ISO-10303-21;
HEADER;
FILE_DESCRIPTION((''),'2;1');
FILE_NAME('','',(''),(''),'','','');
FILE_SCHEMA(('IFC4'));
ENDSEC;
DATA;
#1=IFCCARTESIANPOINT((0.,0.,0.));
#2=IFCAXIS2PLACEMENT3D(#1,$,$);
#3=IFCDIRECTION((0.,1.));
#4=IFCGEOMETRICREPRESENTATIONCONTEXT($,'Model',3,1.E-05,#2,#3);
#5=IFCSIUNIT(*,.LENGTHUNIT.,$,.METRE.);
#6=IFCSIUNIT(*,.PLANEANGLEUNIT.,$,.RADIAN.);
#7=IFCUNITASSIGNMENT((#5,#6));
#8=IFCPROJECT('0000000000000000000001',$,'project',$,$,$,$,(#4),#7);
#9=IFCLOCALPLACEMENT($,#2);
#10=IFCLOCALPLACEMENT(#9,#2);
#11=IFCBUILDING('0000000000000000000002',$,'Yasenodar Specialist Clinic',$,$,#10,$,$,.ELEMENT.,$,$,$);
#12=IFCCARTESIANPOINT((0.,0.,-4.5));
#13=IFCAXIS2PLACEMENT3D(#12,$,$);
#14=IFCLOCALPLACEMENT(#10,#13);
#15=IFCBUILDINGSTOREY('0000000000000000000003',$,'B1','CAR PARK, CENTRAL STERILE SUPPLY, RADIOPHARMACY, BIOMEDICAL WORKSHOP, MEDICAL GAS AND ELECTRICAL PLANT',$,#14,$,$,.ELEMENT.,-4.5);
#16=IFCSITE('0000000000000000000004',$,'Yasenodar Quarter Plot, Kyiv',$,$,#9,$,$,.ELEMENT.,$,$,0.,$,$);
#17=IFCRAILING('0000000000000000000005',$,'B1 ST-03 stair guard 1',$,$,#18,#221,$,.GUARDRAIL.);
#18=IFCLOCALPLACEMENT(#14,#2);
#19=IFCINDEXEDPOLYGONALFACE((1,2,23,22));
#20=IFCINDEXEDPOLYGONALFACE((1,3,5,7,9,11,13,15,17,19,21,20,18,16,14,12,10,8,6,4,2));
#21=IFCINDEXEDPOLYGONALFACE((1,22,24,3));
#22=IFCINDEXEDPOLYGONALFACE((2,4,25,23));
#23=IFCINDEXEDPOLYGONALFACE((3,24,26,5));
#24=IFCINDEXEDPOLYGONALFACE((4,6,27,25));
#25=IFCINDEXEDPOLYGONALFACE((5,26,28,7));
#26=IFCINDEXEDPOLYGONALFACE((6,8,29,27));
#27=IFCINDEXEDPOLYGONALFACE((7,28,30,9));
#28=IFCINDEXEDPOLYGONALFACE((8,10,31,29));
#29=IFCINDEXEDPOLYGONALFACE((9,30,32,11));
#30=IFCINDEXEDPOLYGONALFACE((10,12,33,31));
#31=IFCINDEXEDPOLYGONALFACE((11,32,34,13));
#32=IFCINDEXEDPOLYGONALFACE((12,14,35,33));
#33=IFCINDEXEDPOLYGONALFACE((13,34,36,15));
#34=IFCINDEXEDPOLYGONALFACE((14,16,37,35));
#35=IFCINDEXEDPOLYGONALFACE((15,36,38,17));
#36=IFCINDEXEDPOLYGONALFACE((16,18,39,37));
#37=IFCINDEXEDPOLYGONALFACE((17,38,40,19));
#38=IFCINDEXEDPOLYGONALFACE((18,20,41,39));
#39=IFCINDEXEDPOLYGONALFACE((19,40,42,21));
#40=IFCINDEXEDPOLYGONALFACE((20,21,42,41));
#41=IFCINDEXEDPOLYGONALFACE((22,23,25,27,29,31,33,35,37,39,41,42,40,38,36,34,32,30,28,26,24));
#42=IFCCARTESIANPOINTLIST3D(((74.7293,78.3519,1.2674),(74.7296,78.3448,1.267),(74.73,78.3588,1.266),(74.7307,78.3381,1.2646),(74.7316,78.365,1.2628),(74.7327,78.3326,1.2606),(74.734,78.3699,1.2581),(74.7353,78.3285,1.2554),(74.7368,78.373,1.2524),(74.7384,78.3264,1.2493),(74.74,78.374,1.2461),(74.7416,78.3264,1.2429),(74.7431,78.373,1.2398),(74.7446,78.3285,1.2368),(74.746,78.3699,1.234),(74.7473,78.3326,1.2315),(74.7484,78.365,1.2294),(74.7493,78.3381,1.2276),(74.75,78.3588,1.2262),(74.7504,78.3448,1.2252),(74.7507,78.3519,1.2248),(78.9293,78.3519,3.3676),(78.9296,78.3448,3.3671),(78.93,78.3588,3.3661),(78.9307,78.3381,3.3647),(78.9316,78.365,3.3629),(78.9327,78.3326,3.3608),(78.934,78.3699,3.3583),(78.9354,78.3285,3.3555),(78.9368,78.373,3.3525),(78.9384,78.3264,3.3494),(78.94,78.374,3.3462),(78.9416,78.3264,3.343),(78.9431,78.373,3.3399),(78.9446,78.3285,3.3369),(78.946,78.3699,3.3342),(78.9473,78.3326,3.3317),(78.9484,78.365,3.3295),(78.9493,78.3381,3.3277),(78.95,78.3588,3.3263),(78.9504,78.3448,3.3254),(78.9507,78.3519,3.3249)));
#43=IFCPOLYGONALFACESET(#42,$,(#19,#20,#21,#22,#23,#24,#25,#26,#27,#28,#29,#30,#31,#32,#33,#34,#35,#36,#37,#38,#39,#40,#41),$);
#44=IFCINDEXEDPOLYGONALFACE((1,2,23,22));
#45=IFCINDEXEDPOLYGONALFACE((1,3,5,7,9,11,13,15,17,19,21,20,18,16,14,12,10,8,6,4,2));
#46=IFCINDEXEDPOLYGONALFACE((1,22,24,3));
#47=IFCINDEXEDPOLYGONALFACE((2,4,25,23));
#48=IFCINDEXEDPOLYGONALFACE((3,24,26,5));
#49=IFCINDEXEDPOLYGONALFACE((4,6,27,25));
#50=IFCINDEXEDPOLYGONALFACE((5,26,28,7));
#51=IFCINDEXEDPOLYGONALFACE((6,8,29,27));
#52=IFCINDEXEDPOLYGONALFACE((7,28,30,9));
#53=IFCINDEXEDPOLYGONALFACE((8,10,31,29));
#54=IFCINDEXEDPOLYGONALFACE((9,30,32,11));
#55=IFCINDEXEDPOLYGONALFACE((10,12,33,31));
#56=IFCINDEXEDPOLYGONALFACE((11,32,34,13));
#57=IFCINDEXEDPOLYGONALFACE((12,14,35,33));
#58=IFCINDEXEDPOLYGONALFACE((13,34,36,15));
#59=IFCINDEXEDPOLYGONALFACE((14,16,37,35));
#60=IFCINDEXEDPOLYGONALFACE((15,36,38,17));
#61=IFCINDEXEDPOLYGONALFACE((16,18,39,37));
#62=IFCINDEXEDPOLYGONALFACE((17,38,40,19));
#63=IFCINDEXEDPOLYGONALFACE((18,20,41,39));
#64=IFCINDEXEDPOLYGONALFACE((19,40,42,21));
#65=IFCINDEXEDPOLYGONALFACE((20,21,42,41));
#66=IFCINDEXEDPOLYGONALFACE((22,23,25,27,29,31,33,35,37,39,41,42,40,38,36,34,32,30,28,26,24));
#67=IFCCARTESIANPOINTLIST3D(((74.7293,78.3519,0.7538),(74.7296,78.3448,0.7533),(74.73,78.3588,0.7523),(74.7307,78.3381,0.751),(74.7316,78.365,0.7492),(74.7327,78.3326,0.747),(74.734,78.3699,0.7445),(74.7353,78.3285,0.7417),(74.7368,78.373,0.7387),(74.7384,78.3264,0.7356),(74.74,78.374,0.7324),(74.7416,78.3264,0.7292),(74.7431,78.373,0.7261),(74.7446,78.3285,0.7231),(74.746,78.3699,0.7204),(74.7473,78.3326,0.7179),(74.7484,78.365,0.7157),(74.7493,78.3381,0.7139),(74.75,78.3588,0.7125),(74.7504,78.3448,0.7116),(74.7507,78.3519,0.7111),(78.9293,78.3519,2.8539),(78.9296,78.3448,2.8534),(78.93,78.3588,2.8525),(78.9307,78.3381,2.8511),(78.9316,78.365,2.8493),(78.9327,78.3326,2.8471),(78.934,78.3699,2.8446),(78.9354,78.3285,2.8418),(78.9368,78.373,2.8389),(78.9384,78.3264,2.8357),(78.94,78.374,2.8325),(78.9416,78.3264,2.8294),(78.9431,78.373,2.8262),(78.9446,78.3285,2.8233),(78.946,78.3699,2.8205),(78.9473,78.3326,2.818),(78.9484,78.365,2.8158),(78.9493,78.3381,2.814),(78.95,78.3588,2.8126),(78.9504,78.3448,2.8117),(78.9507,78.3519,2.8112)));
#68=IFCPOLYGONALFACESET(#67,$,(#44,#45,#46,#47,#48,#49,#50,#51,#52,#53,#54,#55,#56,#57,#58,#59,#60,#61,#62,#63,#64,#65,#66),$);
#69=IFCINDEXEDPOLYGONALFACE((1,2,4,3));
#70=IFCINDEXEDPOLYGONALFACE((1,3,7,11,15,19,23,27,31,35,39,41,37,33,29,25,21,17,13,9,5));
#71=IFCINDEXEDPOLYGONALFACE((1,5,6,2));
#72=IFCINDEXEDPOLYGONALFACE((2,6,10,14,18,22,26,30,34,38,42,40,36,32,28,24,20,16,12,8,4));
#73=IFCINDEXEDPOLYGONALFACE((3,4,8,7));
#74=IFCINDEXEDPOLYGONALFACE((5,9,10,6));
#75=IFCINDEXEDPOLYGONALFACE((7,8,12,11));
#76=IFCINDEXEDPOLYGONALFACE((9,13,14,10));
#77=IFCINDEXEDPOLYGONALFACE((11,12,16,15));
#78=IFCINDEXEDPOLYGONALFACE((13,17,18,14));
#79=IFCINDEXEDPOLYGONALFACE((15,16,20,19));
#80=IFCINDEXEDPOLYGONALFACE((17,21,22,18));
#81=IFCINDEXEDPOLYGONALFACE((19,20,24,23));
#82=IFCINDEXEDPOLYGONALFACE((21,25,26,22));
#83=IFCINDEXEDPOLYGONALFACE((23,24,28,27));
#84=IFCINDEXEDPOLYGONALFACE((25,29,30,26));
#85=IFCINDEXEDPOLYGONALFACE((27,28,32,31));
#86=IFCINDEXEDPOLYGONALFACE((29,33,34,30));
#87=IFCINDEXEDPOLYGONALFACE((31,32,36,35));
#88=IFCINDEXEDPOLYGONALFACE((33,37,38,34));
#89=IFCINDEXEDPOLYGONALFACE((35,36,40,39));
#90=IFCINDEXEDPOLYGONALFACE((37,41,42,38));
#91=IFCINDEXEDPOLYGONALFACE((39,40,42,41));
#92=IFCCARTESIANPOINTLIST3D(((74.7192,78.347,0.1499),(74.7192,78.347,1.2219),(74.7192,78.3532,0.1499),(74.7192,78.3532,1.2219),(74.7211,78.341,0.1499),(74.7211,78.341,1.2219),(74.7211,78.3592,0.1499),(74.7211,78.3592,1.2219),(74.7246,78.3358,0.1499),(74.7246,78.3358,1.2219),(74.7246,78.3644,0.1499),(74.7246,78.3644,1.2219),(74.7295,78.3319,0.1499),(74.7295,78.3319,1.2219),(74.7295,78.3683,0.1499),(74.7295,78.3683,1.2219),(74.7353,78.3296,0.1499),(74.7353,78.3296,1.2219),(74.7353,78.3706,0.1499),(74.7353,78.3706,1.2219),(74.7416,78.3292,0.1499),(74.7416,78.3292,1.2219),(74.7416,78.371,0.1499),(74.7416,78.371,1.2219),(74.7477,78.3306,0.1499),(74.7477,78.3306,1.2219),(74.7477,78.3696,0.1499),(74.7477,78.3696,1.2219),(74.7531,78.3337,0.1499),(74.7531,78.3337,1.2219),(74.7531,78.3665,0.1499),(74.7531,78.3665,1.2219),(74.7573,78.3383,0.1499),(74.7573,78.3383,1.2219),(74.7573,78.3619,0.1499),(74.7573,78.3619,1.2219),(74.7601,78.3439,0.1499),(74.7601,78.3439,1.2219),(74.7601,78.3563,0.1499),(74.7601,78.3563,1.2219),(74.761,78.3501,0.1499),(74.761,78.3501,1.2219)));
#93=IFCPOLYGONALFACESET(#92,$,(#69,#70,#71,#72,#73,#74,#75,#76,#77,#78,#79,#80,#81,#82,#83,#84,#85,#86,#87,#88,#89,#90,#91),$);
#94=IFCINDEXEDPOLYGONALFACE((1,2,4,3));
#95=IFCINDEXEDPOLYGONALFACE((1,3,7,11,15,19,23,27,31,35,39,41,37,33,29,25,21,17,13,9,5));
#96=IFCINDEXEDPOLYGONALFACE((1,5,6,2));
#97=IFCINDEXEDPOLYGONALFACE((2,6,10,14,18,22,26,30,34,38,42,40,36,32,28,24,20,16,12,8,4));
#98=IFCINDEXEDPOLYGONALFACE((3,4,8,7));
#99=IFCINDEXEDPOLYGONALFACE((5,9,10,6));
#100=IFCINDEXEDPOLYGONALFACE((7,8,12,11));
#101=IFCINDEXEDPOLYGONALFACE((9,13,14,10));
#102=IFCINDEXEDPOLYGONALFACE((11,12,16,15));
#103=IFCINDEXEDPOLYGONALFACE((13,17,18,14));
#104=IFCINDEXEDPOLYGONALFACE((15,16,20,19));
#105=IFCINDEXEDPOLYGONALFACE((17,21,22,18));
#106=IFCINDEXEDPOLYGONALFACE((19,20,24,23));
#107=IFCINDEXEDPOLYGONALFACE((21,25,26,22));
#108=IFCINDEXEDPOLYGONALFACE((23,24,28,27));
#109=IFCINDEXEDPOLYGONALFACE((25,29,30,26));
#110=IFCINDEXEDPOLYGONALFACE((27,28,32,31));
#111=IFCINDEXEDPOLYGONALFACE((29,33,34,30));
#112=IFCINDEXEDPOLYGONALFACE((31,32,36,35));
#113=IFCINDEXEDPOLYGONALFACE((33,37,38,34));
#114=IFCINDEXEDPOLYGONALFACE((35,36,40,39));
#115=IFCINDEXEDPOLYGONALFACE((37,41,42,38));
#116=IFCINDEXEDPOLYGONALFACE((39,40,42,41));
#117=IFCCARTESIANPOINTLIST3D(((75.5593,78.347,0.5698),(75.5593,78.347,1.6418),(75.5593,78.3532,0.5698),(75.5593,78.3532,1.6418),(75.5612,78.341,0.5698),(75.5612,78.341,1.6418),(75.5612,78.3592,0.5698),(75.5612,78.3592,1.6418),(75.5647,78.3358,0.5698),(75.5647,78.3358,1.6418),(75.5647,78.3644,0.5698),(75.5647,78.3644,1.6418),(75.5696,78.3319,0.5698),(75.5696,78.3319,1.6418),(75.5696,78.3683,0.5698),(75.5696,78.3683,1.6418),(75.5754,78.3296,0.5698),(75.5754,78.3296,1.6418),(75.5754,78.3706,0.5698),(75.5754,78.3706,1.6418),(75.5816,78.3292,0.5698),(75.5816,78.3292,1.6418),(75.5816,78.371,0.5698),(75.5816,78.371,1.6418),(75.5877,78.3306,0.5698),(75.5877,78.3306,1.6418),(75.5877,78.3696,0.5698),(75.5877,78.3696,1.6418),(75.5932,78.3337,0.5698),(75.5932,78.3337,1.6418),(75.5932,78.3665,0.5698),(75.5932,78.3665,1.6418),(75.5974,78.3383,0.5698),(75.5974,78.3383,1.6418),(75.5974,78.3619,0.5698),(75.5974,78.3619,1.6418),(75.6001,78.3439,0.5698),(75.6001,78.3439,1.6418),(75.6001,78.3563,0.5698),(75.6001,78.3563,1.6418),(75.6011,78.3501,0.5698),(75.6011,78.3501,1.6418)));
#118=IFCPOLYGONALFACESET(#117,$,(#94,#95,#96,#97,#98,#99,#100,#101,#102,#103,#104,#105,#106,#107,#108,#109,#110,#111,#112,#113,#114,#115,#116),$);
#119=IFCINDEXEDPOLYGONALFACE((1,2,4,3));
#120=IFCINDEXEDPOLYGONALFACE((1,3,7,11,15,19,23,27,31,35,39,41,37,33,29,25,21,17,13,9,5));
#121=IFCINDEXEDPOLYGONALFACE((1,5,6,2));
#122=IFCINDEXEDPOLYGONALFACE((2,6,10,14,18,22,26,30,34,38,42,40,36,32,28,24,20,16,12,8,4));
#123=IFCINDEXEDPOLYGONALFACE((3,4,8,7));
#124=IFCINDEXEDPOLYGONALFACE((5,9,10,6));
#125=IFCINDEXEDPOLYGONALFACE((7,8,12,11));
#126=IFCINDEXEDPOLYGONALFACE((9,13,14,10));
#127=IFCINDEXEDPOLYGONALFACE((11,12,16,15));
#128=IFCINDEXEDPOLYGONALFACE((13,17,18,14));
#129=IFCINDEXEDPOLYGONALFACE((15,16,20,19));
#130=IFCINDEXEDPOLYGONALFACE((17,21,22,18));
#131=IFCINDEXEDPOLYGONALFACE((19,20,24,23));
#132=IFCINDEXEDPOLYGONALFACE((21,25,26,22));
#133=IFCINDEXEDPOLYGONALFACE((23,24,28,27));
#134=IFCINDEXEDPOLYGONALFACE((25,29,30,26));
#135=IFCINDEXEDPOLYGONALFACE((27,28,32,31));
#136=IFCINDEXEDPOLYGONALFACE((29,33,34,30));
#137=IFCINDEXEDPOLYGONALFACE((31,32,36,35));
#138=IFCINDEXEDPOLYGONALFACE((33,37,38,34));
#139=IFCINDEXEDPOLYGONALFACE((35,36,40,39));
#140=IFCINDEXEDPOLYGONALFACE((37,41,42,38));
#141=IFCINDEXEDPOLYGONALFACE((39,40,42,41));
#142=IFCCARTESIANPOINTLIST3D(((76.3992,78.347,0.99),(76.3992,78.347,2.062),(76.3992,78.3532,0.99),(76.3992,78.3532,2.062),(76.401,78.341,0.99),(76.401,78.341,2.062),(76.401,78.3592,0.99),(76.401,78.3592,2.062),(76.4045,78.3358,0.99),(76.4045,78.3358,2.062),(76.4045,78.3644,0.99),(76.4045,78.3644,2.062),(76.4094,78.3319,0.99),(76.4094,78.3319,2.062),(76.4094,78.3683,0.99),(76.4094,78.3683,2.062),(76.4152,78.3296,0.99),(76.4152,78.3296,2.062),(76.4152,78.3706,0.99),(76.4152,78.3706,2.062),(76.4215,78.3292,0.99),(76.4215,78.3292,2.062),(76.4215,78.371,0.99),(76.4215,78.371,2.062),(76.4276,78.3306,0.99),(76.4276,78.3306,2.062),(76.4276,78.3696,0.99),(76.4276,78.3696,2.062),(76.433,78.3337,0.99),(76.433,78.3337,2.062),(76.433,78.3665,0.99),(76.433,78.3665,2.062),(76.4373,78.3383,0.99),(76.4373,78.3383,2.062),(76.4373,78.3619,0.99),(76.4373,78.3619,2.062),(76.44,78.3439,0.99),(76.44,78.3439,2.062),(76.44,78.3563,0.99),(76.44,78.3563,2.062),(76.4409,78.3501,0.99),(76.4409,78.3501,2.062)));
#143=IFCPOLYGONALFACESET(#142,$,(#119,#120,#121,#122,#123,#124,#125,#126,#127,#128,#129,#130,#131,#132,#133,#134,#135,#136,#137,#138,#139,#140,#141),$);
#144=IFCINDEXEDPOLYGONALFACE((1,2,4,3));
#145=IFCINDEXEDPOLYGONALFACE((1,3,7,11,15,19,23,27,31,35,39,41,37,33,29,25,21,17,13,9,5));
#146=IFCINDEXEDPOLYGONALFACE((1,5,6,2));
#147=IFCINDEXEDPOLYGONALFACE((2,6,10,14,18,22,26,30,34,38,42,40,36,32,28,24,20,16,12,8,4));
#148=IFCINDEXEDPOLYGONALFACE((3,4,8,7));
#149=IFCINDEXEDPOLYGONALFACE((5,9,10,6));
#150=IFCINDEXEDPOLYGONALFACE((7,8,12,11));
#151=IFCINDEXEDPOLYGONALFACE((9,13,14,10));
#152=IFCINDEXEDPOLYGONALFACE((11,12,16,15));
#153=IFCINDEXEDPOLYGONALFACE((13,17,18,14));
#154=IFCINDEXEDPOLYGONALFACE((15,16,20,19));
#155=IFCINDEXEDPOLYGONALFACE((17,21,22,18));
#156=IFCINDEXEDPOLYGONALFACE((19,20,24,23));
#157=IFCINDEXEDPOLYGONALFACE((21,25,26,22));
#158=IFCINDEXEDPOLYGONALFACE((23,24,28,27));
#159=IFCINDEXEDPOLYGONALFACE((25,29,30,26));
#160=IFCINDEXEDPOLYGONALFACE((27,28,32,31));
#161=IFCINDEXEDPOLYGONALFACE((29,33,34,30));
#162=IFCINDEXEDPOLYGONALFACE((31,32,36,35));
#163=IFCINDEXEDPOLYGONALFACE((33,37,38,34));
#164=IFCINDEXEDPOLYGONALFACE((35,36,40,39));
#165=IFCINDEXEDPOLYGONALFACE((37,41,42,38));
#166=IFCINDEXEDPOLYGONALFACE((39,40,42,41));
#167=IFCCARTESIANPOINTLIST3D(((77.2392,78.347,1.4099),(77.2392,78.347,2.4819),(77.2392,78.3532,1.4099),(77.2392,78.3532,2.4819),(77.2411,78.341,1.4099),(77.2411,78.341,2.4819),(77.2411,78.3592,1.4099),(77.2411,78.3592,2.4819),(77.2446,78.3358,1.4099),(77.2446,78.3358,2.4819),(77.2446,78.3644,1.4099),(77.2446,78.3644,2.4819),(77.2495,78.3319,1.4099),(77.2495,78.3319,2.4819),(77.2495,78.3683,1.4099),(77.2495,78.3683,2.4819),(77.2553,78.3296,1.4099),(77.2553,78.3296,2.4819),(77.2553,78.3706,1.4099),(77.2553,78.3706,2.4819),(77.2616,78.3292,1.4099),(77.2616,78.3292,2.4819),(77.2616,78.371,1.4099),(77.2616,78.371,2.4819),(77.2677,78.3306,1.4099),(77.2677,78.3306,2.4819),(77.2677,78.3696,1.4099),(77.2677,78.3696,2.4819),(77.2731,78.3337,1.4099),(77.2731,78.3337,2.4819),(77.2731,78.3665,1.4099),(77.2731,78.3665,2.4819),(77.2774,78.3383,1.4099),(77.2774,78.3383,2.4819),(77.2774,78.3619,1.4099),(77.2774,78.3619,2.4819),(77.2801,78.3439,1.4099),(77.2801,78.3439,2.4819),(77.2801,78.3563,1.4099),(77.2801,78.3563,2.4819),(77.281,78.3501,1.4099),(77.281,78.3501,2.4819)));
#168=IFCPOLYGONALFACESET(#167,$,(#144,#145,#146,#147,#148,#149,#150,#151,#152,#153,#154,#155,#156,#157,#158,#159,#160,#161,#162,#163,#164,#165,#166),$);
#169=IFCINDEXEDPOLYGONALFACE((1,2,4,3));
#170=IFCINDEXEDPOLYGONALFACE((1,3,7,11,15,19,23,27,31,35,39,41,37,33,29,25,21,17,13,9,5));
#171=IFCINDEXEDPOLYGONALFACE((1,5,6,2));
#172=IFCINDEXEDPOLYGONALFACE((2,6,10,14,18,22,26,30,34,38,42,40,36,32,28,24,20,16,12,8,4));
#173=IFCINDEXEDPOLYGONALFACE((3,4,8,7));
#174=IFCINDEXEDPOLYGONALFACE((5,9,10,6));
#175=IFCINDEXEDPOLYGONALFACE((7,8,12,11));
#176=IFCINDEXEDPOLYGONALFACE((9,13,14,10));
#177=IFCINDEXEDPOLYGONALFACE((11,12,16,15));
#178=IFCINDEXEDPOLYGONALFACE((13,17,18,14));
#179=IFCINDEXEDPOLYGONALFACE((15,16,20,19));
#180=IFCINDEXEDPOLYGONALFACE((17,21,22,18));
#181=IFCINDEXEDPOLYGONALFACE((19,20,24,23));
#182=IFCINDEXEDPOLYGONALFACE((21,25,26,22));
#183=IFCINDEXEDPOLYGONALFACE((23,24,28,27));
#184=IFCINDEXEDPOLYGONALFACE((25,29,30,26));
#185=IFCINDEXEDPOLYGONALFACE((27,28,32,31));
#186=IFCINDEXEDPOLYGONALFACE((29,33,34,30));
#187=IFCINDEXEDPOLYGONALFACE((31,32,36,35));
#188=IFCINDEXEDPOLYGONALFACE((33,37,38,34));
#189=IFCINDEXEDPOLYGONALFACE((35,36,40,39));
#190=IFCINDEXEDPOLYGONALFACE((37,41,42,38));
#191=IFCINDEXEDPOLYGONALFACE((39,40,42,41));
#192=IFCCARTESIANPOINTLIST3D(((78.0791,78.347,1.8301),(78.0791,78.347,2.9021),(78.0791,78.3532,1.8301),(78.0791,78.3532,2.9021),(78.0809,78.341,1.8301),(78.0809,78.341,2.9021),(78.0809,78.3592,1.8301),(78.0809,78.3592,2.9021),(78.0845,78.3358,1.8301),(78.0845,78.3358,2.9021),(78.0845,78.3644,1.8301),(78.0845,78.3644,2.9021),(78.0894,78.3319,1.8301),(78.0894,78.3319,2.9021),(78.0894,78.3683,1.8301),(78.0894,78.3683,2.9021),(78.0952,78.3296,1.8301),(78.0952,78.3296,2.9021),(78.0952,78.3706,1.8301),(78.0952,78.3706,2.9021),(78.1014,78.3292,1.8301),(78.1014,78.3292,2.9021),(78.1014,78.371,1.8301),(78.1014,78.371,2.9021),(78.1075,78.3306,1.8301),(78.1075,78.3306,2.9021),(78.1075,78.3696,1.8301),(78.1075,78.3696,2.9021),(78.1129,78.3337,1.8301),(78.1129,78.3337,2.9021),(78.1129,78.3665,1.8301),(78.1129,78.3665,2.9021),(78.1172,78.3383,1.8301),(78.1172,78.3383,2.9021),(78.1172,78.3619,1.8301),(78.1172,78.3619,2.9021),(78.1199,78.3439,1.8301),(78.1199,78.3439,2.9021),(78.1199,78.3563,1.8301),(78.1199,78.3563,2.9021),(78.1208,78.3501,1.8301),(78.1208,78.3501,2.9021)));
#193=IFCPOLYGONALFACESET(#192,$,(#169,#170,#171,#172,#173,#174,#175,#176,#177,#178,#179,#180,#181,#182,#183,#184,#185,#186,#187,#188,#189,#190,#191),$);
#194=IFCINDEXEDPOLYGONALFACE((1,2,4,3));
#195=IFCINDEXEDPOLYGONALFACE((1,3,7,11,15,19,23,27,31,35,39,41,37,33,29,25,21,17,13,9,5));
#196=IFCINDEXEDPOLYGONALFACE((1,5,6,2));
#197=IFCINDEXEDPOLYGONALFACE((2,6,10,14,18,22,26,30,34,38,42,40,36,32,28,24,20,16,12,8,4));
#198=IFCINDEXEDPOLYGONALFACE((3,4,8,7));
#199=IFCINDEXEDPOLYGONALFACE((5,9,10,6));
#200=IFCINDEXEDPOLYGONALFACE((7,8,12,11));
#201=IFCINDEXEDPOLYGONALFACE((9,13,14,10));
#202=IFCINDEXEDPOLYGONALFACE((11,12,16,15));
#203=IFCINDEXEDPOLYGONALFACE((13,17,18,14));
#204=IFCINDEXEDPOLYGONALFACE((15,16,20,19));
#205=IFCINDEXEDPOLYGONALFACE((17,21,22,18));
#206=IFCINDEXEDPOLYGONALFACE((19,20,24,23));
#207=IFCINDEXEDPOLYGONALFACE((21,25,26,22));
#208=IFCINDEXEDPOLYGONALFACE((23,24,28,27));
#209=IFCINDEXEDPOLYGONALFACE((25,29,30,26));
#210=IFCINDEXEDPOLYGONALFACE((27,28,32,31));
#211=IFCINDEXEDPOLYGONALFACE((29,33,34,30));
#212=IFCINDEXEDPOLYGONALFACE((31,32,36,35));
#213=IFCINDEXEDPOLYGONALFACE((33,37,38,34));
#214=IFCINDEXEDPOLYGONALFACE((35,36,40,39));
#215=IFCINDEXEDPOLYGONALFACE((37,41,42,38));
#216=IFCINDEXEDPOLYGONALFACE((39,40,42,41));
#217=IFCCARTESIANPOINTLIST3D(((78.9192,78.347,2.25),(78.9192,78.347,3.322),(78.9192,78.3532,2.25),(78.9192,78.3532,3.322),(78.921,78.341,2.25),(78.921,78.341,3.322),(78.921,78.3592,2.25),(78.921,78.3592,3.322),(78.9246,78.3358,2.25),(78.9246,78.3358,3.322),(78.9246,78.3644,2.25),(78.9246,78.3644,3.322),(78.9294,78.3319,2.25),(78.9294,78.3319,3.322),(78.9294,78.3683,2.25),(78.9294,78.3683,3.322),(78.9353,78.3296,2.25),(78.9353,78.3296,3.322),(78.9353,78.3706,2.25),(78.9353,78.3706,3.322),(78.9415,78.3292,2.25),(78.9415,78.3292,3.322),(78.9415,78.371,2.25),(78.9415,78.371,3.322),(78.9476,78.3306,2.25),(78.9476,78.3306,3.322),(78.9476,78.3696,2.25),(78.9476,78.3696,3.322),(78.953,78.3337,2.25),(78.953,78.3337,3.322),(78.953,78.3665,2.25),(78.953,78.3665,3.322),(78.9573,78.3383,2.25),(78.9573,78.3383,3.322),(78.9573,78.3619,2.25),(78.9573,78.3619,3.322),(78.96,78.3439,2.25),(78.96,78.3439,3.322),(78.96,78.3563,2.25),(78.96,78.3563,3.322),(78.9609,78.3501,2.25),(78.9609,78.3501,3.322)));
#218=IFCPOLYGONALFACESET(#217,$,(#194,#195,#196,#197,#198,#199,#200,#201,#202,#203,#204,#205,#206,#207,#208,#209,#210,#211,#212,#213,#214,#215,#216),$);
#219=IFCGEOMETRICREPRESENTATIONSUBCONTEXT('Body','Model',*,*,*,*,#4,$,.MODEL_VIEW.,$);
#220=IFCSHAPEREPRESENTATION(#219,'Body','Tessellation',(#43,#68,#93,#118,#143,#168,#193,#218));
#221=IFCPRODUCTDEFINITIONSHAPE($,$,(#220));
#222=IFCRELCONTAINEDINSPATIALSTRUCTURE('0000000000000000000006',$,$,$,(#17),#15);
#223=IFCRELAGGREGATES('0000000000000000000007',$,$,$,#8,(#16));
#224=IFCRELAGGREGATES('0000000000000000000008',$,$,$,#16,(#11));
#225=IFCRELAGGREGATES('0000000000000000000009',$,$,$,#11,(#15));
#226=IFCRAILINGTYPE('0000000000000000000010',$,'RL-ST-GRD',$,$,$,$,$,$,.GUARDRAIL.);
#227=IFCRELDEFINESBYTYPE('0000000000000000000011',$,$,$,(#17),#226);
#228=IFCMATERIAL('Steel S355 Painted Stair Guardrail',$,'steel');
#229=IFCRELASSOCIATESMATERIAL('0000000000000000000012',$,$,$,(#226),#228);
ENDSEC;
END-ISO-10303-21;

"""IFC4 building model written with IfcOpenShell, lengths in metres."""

from ifc_helpers import new_model, si_unit, direction, frame, origin, origin_2d, place, context, subcontext, project, spatial, circle, extrude, material, type_object, element, save


model = new_model("IFC4")

# Units and contexts
model_context = context("Model", 3, precision=1e-05, world=origin(), true_north=direction((0.0, 1.0)))
body_context = subcontext(model_context, "Body", "Model", "MODEL_VIEW")
ifc_project = project(units=[si_unit("LENGTHUNIT", "METRE"), si_unit("PLANEANGLEUNIT", "RADIAN")], contexts=[model_context])

# Site, building, storey
site_placement = place(None, origin())
site = spatial("IfcSite", under=ifc_project, at=site_placement, Name="Yasenodar Quarter Plot, Kyiv", CompositionType="ELEMENT", RefElevation=0.0)
building_placement = place(site_placement, origin())
building = spatial("IfcBuilding", under=site, at=building_placement, Name="Yasenodar Specialist Clinic", CompositionType="ELEMENT")
storey_placement = place(building_placement, frame((0.0, 0.0, -4.5)))
storey = spatial("IfcBuildingStorey", under=building, at=storey_placement, Name="B1", Description="CAR PARK, CENTRAL STERILE SUPPLY, RADIOPHARMACY, BIOMEDICAL WORKSHOP, MEDICAL GAS AND ELECTRICAL PLANT", CompositionType="ELEMENT", Elevation=-4.5)

# Railing
ifc_material_1 = material(Name="Steel S355 Painted Stair Guardrail", Category="steel")
railing_type_1 = type_object("IfcRailingType", Name="RL-ST-GRD", PredefinedType="GUARDRAIL", material=ifc_material_1)
railing_1_placement = place(storey_placement, frame((74.74, 78.3501, 0.1499)))
element("IfcRailing", 1, at=railing_1_placement, inside=storey, type_object=railing_type_1, Name="B1 ST-03 stair guard 1", PredefinedType="GUARDRAIL", context=body_context, shape_type="SweptSolid", body=[
    extrude(circle(Radius=0.0239, at=origin_2d()), frame((0.0, 0.0, 1.0962), z_axis=(0.894417, 0.0, 0.447234), x_axis=(0.0, 1.0, 0.0)), (0.0, 0.0, 1.0), 4.6958),
    extrude(circle(Radius=0.0239, at=origin_2d()), frame((0.0, 0.0, 0.5825), z_axis=(0.894417, 0.0, 0.447234), x_axis=(0.0, 1.0, 0.0)), (0.0, 0.0, 1.0), 4.6958),
    extrude(circle(Radius=0.021, at=origin_2d()), origin(), (0.0, 0.0, 1.0), 1.072),
    extrude(circle(Radius=0.021, at=origin_2d()), frame((0.8401, 0.0, 0.4199)), (0.0, 0.0, 1.0), 1.072),
    extrude(circle(Radius=0.021, at=origin_2d()), frame((1.6799, 0.0, 0.8401)), (0.0, 0.0, 1.0), 1.072),
    extrude(circle(Radius=0.021, at=origin_2d()), frame((2.52, 0.0, 1.26)), (0.0, 0.0, 1.0), 1.072),
    extrude(circle(Radius=0.021, at=origin_2d()), frame((3.3599, 0.0, 1.6802)), (0.0, 0.0, 1.0), 1.072),
    extrude(circle(Radius=0.021, at=origin_2d()), frame((4.2, 0.0, 2.1001)), (0.0, 0.0, 1.0), 1.072),
])

save(model, "model.ifc")
